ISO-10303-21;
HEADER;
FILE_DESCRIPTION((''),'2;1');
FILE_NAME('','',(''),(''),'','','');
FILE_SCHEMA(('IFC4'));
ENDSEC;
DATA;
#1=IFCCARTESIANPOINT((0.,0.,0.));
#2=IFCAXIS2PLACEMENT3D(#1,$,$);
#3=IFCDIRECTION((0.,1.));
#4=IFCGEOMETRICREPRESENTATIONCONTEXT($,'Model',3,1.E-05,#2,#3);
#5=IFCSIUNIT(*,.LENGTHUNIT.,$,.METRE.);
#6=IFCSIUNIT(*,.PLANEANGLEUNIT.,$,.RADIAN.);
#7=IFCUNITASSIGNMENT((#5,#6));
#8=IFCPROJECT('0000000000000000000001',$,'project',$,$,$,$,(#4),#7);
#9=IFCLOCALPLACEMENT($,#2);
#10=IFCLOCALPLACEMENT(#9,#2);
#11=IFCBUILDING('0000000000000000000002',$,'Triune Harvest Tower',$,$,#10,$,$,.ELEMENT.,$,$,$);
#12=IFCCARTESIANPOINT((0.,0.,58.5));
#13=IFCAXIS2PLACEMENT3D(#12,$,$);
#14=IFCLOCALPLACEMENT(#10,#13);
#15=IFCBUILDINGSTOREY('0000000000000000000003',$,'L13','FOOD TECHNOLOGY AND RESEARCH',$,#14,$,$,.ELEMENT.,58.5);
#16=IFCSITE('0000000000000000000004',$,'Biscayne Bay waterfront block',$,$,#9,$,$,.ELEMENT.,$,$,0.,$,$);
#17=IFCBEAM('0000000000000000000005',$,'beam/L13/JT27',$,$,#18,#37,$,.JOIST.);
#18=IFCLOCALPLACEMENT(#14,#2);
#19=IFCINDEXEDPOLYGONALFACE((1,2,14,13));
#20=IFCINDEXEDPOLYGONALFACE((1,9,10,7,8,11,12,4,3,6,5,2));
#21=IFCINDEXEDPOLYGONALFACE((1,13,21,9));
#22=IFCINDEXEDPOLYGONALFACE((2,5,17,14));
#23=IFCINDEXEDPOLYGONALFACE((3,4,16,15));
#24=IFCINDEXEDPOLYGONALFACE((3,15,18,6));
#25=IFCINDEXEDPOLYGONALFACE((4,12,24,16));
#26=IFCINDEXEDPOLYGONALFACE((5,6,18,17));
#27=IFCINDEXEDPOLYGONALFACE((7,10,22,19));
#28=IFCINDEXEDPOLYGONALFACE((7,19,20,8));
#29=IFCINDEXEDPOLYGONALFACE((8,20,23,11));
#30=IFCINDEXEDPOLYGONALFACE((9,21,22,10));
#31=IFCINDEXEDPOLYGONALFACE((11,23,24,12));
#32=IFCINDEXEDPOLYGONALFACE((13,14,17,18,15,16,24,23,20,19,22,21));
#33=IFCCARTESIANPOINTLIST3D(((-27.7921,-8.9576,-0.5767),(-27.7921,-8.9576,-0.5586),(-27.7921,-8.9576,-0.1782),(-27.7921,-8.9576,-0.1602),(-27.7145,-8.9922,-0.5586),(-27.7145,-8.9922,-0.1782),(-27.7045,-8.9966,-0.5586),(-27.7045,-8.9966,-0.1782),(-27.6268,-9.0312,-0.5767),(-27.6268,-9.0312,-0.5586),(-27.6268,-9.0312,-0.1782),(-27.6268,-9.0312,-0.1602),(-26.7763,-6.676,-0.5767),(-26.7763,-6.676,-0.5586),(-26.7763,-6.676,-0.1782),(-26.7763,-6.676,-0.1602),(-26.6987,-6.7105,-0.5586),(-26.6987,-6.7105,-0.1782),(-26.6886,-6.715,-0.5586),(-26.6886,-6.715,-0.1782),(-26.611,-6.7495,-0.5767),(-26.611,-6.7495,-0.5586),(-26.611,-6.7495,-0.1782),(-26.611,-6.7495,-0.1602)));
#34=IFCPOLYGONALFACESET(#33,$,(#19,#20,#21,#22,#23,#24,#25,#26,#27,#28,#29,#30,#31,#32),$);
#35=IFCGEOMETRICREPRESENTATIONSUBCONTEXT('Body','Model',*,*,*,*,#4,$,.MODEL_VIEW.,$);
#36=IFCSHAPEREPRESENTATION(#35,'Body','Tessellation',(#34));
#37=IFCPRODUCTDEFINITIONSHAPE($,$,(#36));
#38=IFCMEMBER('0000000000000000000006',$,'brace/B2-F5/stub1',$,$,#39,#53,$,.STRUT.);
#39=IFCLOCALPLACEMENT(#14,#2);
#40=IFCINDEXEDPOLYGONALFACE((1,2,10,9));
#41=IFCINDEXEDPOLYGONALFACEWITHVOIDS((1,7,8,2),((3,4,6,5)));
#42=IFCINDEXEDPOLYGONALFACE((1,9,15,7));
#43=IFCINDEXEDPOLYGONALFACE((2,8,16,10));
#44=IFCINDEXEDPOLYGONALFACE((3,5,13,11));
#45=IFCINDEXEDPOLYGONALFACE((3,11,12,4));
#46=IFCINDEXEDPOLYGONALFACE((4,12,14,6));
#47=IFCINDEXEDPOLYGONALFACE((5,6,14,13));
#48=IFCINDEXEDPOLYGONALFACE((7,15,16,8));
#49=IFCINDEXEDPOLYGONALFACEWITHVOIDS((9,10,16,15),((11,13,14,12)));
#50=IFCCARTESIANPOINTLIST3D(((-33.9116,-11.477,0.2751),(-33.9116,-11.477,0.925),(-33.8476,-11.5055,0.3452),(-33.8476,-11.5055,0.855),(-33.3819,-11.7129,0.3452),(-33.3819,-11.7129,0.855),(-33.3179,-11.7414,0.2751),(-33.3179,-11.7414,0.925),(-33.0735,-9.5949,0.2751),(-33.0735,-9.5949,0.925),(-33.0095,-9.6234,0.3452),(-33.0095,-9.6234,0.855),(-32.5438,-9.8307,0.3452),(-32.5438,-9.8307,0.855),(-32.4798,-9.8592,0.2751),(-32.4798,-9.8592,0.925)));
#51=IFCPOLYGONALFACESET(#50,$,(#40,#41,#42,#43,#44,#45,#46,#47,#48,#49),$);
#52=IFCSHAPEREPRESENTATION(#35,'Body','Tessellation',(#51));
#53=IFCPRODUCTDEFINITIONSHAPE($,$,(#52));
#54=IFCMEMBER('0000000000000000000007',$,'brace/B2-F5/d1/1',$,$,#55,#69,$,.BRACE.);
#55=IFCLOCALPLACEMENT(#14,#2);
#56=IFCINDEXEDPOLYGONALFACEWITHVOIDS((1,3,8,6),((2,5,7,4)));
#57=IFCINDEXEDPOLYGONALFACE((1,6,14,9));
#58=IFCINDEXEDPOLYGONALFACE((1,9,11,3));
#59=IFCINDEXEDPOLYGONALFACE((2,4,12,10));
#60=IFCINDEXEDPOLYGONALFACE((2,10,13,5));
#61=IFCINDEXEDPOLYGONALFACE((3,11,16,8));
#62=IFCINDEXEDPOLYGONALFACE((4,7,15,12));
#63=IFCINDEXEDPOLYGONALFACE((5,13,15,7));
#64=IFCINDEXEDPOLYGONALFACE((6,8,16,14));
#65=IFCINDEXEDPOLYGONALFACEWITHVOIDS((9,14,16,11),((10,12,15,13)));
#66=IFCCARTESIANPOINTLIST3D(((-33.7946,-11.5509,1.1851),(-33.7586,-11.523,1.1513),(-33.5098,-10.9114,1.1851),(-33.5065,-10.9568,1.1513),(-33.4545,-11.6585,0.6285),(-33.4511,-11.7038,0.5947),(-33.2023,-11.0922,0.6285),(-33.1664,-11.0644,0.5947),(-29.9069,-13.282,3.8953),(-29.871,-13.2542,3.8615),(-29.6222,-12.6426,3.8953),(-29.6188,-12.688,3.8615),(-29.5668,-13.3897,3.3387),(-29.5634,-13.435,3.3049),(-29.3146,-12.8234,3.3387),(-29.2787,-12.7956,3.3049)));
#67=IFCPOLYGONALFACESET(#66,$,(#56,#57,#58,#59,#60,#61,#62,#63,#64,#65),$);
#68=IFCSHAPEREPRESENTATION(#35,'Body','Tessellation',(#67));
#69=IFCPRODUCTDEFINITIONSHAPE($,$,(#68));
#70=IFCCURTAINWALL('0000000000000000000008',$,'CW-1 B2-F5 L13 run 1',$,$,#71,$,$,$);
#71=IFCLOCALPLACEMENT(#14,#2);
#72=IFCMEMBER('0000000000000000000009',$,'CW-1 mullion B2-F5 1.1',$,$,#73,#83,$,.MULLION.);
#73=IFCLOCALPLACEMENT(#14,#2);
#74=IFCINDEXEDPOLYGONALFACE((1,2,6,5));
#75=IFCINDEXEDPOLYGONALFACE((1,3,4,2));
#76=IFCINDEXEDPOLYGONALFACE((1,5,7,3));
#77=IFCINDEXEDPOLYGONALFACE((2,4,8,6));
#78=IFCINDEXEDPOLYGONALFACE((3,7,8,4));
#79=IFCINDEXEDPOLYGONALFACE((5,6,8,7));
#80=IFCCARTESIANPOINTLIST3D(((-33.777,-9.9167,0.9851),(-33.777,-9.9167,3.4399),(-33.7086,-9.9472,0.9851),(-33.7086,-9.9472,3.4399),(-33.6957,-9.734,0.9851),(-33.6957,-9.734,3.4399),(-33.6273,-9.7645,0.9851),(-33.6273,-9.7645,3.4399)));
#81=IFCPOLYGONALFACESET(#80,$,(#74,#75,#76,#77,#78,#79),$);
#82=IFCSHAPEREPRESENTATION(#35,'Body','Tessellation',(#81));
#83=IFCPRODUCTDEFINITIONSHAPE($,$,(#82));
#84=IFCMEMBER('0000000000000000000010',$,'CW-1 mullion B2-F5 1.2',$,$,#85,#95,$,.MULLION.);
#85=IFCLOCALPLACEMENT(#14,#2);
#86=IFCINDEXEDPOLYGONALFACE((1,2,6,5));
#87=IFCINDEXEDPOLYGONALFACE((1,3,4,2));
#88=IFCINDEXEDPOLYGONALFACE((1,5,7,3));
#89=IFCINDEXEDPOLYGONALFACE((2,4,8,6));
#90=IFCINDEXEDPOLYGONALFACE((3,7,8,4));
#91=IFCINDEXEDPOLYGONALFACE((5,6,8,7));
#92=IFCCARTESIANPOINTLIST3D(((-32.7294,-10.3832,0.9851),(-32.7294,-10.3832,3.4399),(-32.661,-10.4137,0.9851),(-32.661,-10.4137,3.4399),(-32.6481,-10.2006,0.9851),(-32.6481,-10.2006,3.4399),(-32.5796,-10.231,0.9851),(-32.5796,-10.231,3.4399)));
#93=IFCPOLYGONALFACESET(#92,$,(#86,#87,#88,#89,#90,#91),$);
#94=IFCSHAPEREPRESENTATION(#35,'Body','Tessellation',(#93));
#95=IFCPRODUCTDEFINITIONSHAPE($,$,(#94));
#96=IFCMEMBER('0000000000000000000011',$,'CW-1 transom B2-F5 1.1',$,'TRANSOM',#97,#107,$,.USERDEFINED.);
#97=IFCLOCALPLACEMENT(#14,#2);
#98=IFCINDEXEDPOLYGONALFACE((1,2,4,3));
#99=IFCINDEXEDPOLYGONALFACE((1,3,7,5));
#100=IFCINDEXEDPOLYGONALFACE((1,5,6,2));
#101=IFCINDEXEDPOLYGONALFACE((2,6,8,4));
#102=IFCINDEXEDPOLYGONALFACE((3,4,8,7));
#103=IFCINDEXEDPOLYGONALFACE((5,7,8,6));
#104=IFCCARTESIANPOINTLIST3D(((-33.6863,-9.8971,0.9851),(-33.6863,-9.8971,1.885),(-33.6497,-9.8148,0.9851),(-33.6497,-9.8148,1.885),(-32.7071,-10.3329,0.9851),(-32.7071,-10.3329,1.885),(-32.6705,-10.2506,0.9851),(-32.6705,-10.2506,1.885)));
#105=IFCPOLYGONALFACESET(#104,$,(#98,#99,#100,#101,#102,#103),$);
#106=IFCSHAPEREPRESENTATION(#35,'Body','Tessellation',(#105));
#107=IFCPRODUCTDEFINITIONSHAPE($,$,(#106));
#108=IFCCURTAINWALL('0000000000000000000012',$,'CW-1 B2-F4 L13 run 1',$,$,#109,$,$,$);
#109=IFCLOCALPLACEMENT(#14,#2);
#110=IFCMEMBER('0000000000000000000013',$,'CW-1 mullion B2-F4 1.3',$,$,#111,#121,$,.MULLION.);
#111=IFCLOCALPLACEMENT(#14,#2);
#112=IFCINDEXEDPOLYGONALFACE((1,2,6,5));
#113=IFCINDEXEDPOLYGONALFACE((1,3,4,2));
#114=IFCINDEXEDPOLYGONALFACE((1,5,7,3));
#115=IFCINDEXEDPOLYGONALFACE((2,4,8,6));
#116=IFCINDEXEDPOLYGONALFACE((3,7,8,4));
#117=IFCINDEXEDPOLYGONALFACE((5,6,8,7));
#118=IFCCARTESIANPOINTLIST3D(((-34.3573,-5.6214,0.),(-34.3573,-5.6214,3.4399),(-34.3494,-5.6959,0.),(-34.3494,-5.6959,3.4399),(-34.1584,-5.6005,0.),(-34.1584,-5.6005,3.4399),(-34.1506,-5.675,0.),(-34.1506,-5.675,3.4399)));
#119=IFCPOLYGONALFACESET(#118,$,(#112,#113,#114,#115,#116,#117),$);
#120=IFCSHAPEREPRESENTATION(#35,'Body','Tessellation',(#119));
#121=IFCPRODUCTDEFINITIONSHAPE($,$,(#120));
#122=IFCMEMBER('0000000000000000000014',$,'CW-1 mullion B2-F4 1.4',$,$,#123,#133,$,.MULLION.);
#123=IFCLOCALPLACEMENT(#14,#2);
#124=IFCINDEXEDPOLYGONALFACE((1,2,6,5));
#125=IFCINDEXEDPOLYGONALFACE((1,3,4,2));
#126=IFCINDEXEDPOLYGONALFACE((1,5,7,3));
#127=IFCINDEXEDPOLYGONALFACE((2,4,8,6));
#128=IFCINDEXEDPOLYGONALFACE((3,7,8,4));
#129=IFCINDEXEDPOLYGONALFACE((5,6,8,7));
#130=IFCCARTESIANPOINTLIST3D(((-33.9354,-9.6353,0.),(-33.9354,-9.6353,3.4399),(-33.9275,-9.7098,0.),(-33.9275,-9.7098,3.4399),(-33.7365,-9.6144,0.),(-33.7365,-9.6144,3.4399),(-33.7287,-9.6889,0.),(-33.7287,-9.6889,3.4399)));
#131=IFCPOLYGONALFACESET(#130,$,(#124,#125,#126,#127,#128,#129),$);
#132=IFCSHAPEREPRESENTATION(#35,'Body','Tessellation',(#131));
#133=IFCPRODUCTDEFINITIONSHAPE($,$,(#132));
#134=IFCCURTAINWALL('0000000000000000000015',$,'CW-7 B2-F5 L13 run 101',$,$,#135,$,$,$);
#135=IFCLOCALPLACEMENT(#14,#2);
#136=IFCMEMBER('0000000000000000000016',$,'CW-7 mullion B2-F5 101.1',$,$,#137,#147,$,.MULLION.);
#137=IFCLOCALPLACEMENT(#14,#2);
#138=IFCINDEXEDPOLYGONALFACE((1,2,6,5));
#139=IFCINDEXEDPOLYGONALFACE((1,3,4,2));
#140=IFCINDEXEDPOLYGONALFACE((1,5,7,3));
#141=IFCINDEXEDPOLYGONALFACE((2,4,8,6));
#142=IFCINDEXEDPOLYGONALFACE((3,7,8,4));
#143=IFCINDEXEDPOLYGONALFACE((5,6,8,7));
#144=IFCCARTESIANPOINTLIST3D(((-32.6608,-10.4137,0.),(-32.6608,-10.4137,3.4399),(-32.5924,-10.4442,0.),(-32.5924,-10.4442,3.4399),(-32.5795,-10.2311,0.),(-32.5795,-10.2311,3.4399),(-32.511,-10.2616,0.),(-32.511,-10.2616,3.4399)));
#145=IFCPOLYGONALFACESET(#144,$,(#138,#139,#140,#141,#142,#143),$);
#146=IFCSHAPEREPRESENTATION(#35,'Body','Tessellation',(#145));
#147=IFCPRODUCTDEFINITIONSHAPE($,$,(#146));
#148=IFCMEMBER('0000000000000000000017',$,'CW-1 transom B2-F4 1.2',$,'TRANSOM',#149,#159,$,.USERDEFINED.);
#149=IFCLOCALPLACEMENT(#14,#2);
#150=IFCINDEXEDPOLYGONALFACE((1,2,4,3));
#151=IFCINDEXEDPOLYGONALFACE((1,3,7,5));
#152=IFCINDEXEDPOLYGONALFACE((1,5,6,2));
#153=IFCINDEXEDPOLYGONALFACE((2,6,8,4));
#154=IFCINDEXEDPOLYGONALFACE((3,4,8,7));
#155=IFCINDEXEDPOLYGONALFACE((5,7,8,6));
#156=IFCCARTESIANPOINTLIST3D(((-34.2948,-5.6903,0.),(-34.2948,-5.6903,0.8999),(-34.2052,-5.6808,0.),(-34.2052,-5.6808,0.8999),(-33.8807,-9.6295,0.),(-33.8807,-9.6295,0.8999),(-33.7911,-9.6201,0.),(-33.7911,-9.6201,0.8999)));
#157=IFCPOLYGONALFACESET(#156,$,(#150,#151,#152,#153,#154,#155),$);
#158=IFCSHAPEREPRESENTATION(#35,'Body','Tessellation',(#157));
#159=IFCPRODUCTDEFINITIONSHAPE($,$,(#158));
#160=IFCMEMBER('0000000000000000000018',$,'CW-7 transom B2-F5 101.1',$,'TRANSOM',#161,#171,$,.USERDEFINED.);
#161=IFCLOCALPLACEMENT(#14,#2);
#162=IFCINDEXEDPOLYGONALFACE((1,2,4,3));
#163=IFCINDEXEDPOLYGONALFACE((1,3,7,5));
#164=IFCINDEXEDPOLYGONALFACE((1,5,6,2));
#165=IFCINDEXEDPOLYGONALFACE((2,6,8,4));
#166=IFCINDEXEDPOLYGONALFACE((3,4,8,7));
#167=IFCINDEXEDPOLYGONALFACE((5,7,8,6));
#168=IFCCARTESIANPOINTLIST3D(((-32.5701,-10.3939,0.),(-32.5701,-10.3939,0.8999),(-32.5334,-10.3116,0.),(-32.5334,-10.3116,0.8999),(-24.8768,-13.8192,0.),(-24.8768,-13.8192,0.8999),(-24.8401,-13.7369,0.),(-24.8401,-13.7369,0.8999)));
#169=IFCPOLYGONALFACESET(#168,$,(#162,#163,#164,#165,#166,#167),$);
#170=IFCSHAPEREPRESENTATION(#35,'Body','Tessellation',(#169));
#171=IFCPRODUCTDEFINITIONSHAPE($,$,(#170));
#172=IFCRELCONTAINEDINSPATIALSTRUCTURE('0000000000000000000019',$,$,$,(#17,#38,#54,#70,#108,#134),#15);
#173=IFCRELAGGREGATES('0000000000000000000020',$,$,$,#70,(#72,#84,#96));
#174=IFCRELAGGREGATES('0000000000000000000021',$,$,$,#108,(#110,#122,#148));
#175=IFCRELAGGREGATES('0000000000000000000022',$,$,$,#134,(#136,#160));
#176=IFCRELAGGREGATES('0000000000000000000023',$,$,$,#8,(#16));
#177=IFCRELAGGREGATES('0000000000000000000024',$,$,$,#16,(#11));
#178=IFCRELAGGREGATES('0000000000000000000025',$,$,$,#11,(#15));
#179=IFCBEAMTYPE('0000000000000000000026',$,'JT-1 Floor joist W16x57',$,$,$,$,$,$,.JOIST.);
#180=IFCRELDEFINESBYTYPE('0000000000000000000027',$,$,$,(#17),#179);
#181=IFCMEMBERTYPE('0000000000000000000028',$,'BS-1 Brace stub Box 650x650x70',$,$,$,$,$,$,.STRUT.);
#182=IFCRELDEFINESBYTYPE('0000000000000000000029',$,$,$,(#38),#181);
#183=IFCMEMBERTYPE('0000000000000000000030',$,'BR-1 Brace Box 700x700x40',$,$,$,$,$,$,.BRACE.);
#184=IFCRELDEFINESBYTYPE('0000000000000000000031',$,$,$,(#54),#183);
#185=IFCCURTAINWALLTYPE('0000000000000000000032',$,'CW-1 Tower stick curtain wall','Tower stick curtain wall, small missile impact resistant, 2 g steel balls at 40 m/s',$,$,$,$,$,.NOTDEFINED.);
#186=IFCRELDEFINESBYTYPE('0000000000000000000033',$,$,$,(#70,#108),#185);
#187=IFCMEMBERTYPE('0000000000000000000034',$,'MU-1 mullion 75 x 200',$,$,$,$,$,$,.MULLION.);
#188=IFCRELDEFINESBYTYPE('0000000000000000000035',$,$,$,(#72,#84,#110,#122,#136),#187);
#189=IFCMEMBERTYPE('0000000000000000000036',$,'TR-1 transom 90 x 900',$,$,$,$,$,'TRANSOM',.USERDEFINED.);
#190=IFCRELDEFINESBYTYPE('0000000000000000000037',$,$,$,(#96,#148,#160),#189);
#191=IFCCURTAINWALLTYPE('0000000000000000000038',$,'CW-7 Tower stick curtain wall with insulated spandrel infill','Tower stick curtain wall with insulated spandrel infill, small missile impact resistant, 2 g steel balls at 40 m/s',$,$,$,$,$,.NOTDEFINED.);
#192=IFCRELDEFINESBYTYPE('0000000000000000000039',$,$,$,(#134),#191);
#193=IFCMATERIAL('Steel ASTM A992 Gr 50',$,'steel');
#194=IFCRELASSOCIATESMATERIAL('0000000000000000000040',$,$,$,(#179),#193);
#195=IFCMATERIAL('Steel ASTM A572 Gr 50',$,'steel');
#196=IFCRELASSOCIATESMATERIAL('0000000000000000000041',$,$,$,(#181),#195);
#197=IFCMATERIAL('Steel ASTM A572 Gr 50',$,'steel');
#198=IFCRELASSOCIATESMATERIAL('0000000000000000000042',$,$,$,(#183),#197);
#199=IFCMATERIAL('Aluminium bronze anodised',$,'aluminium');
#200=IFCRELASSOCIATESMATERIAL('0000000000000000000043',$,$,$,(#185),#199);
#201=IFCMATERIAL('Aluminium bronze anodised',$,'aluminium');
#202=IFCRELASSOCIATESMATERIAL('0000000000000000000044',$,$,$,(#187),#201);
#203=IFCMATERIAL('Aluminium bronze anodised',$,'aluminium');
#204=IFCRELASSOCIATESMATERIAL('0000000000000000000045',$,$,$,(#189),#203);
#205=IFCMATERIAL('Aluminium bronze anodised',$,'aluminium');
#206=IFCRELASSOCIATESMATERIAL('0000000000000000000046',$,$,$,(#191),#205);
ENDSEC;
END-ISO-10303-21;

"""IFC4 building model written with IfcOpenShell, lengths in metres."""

from ifc_helpers import new_model, si_unit, direction, frame, origin, origin_2d, place, context, subcontext, project, spatial, rectangle, hollow_rectangle, i_section, extrude, source, transform, mapped, material, material_profile, profile_set, type_object, element, aggregate, save


model = new_model("IFC4")

# Units and contexts
model_context = context("Model", 3, precision=1e-05, world=origin(), true_north=direction((0.0, 1.0)))
body_context = subcontext(model_context, "Body", "Model", "MODEL_VIEW")
ifc_project = project(units=[si_unit("LENGTHUNIT", "METRE"), si_unit("PLANEANGLEUNIT", "RADIAN")], contexts=[model_context])

# Site, building, storey
site_placement = place(None, origin())
site = spatial("IfcSite", under=ifc_project, at=site_placement, Name="Biscayne Bay waterfront block", CompositionType="ELEMENT", RefElevation=0.0)
building_placement = place(site_placement, origin())
building = spatial("IfcBuilding", under=site, at=building_placement, Name="Triune Harvest Tower", CompositionType="ELEMENT")
storey_placement = place(building_placement, frame((0.0, 0.0, 58.5)))
storey = spatial("IfcBuildingStorey", under=building, at=storey_placement, Name="L13", Description="FOOD TECHNOLOGY AND RESEARCH", CompositionType="ELEMENT", Elevation=58.5)

# Beam
ifc_material_1 = material(Name="Steel ASTM A992 Gr 50", Category="steel")
ifc_material_profile_1 = material_profile(ifc_material_1, i_section(OverallWidth=0.1809, OverallDepth=0.4165, WebThickness=0.011, FlangeThickness=0.0181, at=origin_2d()), Name="W16x57")
ifc_profile_set_1 = profile_set([ifc_material_profile_1], Name="Steel ASTM A992 Gr 50")
beam_type_1 = type_object("IfcBeamType", Name="JT-1 Floor joist W16x57", PredefinedType="JOIST", material=ifc_profile_set_1)
shared_shape_1 = source(origin(), body_context, "Body", "SweptSolid", [
    extrude(i_section(OverallWidth=0.1809, OverallDepth=0.4165, WebThickness=0.011, FlangeThickness=0.0181, at=origin_2d()), origin(), (0.0, 0.0, 1.0), 2.4976),
])
beam_1_placement = place(storey_placement, frame((-27.7095, -8.9944, -0.3684), z_axis=(0.406728, 0.913549, 0.0), x_axis=(-0.913549, 0.406728, 0.0)))
element("IfcBeam", 1, at=beam_1_placement, inside=storey, type_object=beam_type_1, Name="beam/L13/JT27", PredefinedType="JOIST", context=body_context, shape_type="MappedRepresentation", body=[
    mapped(shared_shape_1, transform((0.0, 0.0, 0.0), scale=1.0)),
])

# Members
ifc_material_2 = material(Name="Steel ASTM A572 Gr 50", Category="steel")
ifc_material_profile_2 = material_profile(ifc_material_2, hollow_rectangle(XDim=0.6499, YDim=0.6499, WallThickness=0.0701, at=origin_2d()), Name="Box 650x650x70")
ifc_profile_set_2 = profile_set([ifc_material_profile_2], Name="Steel ASTM A572 Gr 50")
member_type_1 = type_object("IfcMemberType", Name="BS-1 Brace stub Box 650x650x70", PredefinedType="STRUT", material=ifc_profile_set_2)
shared_shape_2 = source(origin(), body_context, "Body", "SweptSolid", [
    extrude(hollow_rectangle(XDim=0.6499, YDim=0.6499, WallThickness=0.0701, at=origin_2d()), origin(), (0.0, 0.0, 1.0), 2.0603),
])
member_1_placement = place(storey_placement, frame((-32.7766, -9.7271, 0.6001), z_axis=(-0.406809, -0.913513, 0.0), x_axis=(0.913513, -0.406809, 0.0)))
element("IfcMember", 2, at=member_1_placement, inside=storey, type_object=member_type_1, Name="brace/B2-F5/stub1", PredefinedType="STRUT", context=body_context, shape_type="MappedRepresentation", body=[
    mapped(shared_shape_2, transform((0.0, 0.0, 0.0), scale=1.0)),
])
ifc_material_3 = material(Name="Steel ASTM A572 Gr 50", Category="steel")
ifc_material_profile_3 = material_profile(ifc_material_3, hollow_rectangle(XDim=0.7, YDim=0.7, WallThickness=0.04, at=origin_2d()), Name="Box 700x700x40")
ifc_profile_set_3 = profile_set([ifc_material_profile_3], Name="Steel ASTM A572 Gr 50")
member_type_2 = type_object("IfcMemberType", Name="BR-1 Brace Box 700x700x40", PredefinedType="BRACE", material=ifc_profile_set_3)
shared_shape_3 = source(origin(), body_context, "Body", "SweptSolid", [
    extrude(hollow_rectangle(XDim=0.7, YDim=0.7, WallThickness=0.04, at=origin_2d()), origin(), (0.0, 0.0, 1.0), 5.0454),
])
member_2_placement = place(storey_placement, frame((-33.4805, -11.3076, 0.8899), z_axis=(0.770537, -0.343122, 0.53716), x_axis=(0.406793, 0.91352, 0.0)))
element("IfcMember", 3, at=member_2_placement, inside=storey, type_object=member_type_2, Name="brace/B2-F5/d1/1", PredefinedType="BRACE", context=body_context, shape_type="MappedRepresentation", body=[
    mapped(shared_shape_3, transform((0.0, 0.0, 0.0), scale=1.0)),
])

# Curtain walls, members
ifc_material_4 = material(Name="Aluminium bronze anodised", Category="aluminium")
curtain_wall_type_1 = type_object("IfcCurtainWallType", Name="CW-1 Tower stick curtain wall", Description="Tower stick curtain wall, small missile impact resistant, 2 g steel balls at 40 m/s", PredefinedType="NOTDEFINED", material=ifc_material_4)
curtain_wall_1_placement = place(storey_placement, origin())
curtain_wall_1 = element("IfcCurtainWall", 4, at=curtain_wall_1_placement, inside=storey, type_object=curtain_wall_type_1, Name="CW-1 B2-F5 L13 run 1")
ifc_material_5 = material(Name="Aluminium bronze anodised", Category="aluminium")
ifc_material_profile_4 = material_profile(ifc_material_5, rectangle(XDim=0.2, YDim=0.075, at=origin_2d()), Name="MU-1 mullion 75 x 200")
ifc_profile_set_4 = profile_set([ifc_material_profile_4], Name="Aluminium bronze anodised")
member_type_3 = type_object("IfcMemberType", Name="MU-1 mullion 75 x 200", PredefinedType="MULLION", material=ifc_profile_set_4)
shared_shape_4 = source(origin(), body_context, "Body", "SweptSolid", [
    extrude(rectangle(XDim=0.2, YDim=0.075, at=origin_2d()), origin(), (0.0, 0.0, 1.0), 2.4548),
])
member_3_placement = place(storey_placement, frame((-33.7021, -9.8406, 0.9851), z_axis=(0.0, 0.0, 1.0), x_axis=(0.406723, 0.913551, 0.0)))
member_3 = element("IfcMember", 5, at=member_3_placement, type_object=member_type_3, Name="CW-1 mullion B2-F5 1.1", PredefinedType="MULLION", context=body_context, shape_type="MappedRepresentation", body=[
    mapped(shared_shape_4, transform((0.0, 0.0, 0.0), scale=1.0)),
])
member_4_placement = place(storey_placement, frame((-32.6545, -10.3071, 0.9851), z_axis=(0.0, 0.0, 1.0), x_axis=(0.406723, 0.913551, 0.0)))
member_4 = element("IfcMember", 6, at=member_4_placement, type_object=member_type_3, Name="CW-1 mullion B2-F5 1.2", PredefinedType="MULLION", context=body_context, shape_type="MappedRepresentation", body=[
    mapped(shared_shape_4, transform((0.0, 0.0, 0.0), scale=1.0)),
])
ifc_material_6 = material(Name="Aluminium bronze anodised", Category="aluminium")
ifc_material_profile_5 = material_profile(ifc_material_6, rectangle(XDim=0.0901, YDim=0.8999, at=origin_2d()), Name="TR-1 transom 90 x 900")
ifc_profile_set_5 = profile_set([ifc_material_profile_5], Name="Aluminium bronze anodised")
member_type_4 = type_object("IfcMemberType", Name="TR-1 transom 90 x 900", ElementType="TRANSOM", PredefinedType="USERDEFINED", material=ifc_profile_set_5)
shared_shape_5 = source(origin(), body_context, "Body", "SweptSolid", [
    extrude(rectangle(XDim=0.0901, YDim=0.8999, at=origin_2d()), origin(), (0.0, 0.0, 1.0), 1.0718),
])
member_5_placement = place(storey_placement, frame((-33.668, -9.856, 1.4351), z_axis=(0.913614, -0.406582, 0.0), x_axis=(0.406582, 0.913614, 0.0)))
member_5 = element("IfcMember", 7, at=member_5_placement, type_object=member_type_4, Name="CW-1 transom B2-F5 1.1", ObjectType="TRANSOM", PredefinedType="USERDEFINED", context=body_context, shape_type="MappedRepresentation", body=[
    mapped(shared_shape_5, transform((0.0, 0.0, 0.0), scale=1.0)),
])
curtain_wall_2_placement = place(storey_placement, origin())
curtain_wall_2 = element("IfcCurtainWall", 8, at=curtain_wall_2_placement, inside=storey, type_object=curtain_wall_type_1, Name="CW-1 B2-F4 L13 run 1")
shared_shape_6 = source(origin(), body_context, "Body", "SweptSolid", [
    extrude(rectangle(XDim=0.2, YDim=0.075, at=origin_2d()), origin(), (0.0, 0.0, 1.0), 3.4399),
])
member_6_placement = place(storey_placement, frame((-34.2539, -5.6482, 0.0), z_axis=(0.0, 0.0, 1.0), x_axis=(0.994522, 0.104529, 0.0)))
member_6 = element("IfcMember", 9, at=member_6_placement, type_object=member_type_3, Name="CW-1 mullion B2-F4 1.3", PredefinedType="MULLION", context=body_context, shape_type="MappedRepresentation", body=[
    mapped(shared_shape_6, transform((0.0, 0.0, 0.0), scale=1.0)),
])
member_7_placement = place(storey_placement, frame((-33.832, -9.6621, 0.0), z_axis=(0.0, 0.0, 1.0), x_axis=(0.994522, 0.104529, 0.0)))
member_7 = element("IfcMember", 10, at=member_7_placement, type_object=member_type_3, Name="CW-1 mullion B2-F4 1.4", PredefinedType="MULLION", context=body_context, shape_type="MappedRepresentation", body=[
    mapped(shared_shape_6, transform((0.0, 0.0, 0.0), scale=1.0)),
])

# Curtain wall, member
ifc_material_7 = material(Name="Aluminium bronze anodised", Category="aluminium")
curtain_wall_type_2 = type_object("IfcCurtainWallType", Name="CW-7 Tower stick curtain wall with insulated spandrel infill", Description="Tower stick curtain wall with insulated spandrel infill, small missile impact resistant, 2 g steel balls at 40 m/s", PredefinedType="NOTDEFINED", material=ifc_material_7)
curtain_wall_3_placement = place(storey_placement, origin())
curtain_wall_3 = element("IfcCurtainWall", 11, at=curtain_wall_3_placement, inside=storey, type_object=curtain_wall_type_2, Name="CW-7 B2-F5 L13 run 101")
member_8_placement = place(storey_placement, frame((-32.5859, -10.3376, 0.0), z_axis=(0.0, 0.0, 1.0), x_axis=(0.406737, 0.913545, 0.0)))
member_8 = element("IfcMember", 12, at=member_8_placement, type_object=member_type_3, Name="CW-7 mullion B2-F5 101.1", PredefinedType="MULLION", context=body_context, shape_type="MappedRepresentation", body=[
    mapped(shared_shape_6, transform((0.0, 0.0, 0.0), scale=1.0)),
])

# Members
shared_shape_7 = source(origin(), body_context, "Body", "SweptSolid", [
    extrude(rectangle(XDim=0.0901, YDim=0.8999, at=origin_2d()), origin(), (0.0, 0.0, 1.0), 3.9609),
])
member_9_placement = place(storey_placement, frame((-34.25, -5.6855, 0.45), z_axis=(0.104537, -0.994521, 0.0), x_axis=(0.994521, 0.104537, 0.0)))
member_9 = element("IfcMember", 13, at=member_9_placement, type_object=member_type_4, Name="CW-1 transom B2-F4 1.2", ObjectType="TRANSOM", PredefinedType="USERDEFINED", context=body_context, shape_type="MappedRepresentation", body=[
    mapped(shared_shape_7, transform((0.0, 0.0, 0.0), scale=1.0)),
])
shared_shape_8 = source(origin(), body_context, "Body", "SweptSolid", [
    extrude(rectangle(XDim=0.0901, YDim=0.8999, at=origin_2d()), origin(), (0.0, 0.0, 1.0), 8.4214),
])
member_10_placement = place(storey_placement, frame((-32.5518, -10.3528, 0.45), z_axis=(0.913546, -0.406736, 0.0), x_axis=(0.406736, 0.913546, 0.0)))
member_10 = element("IfcMember", 14, at=member_10_placement, type_object=member_type_4, Name="CW-7 transom B2-F5 101.1", ObjectType="TRANSOM", PredefinedType="USERDEFINED", context=body_context, shape_type="MappedRepresentation", body=[
    mapped(shared_shape_8, transform((0.0, 0.0, 0.0), scale=1.0)),
])

aggregate(curtain_wall_1, [member_3, member_4, member_5])
aggregate(curtain_wall_2, [member_6, member_7, member_9])
aggregate(curtain_wall_3, [member_8, member_10])

save(model, "model.ifc")
